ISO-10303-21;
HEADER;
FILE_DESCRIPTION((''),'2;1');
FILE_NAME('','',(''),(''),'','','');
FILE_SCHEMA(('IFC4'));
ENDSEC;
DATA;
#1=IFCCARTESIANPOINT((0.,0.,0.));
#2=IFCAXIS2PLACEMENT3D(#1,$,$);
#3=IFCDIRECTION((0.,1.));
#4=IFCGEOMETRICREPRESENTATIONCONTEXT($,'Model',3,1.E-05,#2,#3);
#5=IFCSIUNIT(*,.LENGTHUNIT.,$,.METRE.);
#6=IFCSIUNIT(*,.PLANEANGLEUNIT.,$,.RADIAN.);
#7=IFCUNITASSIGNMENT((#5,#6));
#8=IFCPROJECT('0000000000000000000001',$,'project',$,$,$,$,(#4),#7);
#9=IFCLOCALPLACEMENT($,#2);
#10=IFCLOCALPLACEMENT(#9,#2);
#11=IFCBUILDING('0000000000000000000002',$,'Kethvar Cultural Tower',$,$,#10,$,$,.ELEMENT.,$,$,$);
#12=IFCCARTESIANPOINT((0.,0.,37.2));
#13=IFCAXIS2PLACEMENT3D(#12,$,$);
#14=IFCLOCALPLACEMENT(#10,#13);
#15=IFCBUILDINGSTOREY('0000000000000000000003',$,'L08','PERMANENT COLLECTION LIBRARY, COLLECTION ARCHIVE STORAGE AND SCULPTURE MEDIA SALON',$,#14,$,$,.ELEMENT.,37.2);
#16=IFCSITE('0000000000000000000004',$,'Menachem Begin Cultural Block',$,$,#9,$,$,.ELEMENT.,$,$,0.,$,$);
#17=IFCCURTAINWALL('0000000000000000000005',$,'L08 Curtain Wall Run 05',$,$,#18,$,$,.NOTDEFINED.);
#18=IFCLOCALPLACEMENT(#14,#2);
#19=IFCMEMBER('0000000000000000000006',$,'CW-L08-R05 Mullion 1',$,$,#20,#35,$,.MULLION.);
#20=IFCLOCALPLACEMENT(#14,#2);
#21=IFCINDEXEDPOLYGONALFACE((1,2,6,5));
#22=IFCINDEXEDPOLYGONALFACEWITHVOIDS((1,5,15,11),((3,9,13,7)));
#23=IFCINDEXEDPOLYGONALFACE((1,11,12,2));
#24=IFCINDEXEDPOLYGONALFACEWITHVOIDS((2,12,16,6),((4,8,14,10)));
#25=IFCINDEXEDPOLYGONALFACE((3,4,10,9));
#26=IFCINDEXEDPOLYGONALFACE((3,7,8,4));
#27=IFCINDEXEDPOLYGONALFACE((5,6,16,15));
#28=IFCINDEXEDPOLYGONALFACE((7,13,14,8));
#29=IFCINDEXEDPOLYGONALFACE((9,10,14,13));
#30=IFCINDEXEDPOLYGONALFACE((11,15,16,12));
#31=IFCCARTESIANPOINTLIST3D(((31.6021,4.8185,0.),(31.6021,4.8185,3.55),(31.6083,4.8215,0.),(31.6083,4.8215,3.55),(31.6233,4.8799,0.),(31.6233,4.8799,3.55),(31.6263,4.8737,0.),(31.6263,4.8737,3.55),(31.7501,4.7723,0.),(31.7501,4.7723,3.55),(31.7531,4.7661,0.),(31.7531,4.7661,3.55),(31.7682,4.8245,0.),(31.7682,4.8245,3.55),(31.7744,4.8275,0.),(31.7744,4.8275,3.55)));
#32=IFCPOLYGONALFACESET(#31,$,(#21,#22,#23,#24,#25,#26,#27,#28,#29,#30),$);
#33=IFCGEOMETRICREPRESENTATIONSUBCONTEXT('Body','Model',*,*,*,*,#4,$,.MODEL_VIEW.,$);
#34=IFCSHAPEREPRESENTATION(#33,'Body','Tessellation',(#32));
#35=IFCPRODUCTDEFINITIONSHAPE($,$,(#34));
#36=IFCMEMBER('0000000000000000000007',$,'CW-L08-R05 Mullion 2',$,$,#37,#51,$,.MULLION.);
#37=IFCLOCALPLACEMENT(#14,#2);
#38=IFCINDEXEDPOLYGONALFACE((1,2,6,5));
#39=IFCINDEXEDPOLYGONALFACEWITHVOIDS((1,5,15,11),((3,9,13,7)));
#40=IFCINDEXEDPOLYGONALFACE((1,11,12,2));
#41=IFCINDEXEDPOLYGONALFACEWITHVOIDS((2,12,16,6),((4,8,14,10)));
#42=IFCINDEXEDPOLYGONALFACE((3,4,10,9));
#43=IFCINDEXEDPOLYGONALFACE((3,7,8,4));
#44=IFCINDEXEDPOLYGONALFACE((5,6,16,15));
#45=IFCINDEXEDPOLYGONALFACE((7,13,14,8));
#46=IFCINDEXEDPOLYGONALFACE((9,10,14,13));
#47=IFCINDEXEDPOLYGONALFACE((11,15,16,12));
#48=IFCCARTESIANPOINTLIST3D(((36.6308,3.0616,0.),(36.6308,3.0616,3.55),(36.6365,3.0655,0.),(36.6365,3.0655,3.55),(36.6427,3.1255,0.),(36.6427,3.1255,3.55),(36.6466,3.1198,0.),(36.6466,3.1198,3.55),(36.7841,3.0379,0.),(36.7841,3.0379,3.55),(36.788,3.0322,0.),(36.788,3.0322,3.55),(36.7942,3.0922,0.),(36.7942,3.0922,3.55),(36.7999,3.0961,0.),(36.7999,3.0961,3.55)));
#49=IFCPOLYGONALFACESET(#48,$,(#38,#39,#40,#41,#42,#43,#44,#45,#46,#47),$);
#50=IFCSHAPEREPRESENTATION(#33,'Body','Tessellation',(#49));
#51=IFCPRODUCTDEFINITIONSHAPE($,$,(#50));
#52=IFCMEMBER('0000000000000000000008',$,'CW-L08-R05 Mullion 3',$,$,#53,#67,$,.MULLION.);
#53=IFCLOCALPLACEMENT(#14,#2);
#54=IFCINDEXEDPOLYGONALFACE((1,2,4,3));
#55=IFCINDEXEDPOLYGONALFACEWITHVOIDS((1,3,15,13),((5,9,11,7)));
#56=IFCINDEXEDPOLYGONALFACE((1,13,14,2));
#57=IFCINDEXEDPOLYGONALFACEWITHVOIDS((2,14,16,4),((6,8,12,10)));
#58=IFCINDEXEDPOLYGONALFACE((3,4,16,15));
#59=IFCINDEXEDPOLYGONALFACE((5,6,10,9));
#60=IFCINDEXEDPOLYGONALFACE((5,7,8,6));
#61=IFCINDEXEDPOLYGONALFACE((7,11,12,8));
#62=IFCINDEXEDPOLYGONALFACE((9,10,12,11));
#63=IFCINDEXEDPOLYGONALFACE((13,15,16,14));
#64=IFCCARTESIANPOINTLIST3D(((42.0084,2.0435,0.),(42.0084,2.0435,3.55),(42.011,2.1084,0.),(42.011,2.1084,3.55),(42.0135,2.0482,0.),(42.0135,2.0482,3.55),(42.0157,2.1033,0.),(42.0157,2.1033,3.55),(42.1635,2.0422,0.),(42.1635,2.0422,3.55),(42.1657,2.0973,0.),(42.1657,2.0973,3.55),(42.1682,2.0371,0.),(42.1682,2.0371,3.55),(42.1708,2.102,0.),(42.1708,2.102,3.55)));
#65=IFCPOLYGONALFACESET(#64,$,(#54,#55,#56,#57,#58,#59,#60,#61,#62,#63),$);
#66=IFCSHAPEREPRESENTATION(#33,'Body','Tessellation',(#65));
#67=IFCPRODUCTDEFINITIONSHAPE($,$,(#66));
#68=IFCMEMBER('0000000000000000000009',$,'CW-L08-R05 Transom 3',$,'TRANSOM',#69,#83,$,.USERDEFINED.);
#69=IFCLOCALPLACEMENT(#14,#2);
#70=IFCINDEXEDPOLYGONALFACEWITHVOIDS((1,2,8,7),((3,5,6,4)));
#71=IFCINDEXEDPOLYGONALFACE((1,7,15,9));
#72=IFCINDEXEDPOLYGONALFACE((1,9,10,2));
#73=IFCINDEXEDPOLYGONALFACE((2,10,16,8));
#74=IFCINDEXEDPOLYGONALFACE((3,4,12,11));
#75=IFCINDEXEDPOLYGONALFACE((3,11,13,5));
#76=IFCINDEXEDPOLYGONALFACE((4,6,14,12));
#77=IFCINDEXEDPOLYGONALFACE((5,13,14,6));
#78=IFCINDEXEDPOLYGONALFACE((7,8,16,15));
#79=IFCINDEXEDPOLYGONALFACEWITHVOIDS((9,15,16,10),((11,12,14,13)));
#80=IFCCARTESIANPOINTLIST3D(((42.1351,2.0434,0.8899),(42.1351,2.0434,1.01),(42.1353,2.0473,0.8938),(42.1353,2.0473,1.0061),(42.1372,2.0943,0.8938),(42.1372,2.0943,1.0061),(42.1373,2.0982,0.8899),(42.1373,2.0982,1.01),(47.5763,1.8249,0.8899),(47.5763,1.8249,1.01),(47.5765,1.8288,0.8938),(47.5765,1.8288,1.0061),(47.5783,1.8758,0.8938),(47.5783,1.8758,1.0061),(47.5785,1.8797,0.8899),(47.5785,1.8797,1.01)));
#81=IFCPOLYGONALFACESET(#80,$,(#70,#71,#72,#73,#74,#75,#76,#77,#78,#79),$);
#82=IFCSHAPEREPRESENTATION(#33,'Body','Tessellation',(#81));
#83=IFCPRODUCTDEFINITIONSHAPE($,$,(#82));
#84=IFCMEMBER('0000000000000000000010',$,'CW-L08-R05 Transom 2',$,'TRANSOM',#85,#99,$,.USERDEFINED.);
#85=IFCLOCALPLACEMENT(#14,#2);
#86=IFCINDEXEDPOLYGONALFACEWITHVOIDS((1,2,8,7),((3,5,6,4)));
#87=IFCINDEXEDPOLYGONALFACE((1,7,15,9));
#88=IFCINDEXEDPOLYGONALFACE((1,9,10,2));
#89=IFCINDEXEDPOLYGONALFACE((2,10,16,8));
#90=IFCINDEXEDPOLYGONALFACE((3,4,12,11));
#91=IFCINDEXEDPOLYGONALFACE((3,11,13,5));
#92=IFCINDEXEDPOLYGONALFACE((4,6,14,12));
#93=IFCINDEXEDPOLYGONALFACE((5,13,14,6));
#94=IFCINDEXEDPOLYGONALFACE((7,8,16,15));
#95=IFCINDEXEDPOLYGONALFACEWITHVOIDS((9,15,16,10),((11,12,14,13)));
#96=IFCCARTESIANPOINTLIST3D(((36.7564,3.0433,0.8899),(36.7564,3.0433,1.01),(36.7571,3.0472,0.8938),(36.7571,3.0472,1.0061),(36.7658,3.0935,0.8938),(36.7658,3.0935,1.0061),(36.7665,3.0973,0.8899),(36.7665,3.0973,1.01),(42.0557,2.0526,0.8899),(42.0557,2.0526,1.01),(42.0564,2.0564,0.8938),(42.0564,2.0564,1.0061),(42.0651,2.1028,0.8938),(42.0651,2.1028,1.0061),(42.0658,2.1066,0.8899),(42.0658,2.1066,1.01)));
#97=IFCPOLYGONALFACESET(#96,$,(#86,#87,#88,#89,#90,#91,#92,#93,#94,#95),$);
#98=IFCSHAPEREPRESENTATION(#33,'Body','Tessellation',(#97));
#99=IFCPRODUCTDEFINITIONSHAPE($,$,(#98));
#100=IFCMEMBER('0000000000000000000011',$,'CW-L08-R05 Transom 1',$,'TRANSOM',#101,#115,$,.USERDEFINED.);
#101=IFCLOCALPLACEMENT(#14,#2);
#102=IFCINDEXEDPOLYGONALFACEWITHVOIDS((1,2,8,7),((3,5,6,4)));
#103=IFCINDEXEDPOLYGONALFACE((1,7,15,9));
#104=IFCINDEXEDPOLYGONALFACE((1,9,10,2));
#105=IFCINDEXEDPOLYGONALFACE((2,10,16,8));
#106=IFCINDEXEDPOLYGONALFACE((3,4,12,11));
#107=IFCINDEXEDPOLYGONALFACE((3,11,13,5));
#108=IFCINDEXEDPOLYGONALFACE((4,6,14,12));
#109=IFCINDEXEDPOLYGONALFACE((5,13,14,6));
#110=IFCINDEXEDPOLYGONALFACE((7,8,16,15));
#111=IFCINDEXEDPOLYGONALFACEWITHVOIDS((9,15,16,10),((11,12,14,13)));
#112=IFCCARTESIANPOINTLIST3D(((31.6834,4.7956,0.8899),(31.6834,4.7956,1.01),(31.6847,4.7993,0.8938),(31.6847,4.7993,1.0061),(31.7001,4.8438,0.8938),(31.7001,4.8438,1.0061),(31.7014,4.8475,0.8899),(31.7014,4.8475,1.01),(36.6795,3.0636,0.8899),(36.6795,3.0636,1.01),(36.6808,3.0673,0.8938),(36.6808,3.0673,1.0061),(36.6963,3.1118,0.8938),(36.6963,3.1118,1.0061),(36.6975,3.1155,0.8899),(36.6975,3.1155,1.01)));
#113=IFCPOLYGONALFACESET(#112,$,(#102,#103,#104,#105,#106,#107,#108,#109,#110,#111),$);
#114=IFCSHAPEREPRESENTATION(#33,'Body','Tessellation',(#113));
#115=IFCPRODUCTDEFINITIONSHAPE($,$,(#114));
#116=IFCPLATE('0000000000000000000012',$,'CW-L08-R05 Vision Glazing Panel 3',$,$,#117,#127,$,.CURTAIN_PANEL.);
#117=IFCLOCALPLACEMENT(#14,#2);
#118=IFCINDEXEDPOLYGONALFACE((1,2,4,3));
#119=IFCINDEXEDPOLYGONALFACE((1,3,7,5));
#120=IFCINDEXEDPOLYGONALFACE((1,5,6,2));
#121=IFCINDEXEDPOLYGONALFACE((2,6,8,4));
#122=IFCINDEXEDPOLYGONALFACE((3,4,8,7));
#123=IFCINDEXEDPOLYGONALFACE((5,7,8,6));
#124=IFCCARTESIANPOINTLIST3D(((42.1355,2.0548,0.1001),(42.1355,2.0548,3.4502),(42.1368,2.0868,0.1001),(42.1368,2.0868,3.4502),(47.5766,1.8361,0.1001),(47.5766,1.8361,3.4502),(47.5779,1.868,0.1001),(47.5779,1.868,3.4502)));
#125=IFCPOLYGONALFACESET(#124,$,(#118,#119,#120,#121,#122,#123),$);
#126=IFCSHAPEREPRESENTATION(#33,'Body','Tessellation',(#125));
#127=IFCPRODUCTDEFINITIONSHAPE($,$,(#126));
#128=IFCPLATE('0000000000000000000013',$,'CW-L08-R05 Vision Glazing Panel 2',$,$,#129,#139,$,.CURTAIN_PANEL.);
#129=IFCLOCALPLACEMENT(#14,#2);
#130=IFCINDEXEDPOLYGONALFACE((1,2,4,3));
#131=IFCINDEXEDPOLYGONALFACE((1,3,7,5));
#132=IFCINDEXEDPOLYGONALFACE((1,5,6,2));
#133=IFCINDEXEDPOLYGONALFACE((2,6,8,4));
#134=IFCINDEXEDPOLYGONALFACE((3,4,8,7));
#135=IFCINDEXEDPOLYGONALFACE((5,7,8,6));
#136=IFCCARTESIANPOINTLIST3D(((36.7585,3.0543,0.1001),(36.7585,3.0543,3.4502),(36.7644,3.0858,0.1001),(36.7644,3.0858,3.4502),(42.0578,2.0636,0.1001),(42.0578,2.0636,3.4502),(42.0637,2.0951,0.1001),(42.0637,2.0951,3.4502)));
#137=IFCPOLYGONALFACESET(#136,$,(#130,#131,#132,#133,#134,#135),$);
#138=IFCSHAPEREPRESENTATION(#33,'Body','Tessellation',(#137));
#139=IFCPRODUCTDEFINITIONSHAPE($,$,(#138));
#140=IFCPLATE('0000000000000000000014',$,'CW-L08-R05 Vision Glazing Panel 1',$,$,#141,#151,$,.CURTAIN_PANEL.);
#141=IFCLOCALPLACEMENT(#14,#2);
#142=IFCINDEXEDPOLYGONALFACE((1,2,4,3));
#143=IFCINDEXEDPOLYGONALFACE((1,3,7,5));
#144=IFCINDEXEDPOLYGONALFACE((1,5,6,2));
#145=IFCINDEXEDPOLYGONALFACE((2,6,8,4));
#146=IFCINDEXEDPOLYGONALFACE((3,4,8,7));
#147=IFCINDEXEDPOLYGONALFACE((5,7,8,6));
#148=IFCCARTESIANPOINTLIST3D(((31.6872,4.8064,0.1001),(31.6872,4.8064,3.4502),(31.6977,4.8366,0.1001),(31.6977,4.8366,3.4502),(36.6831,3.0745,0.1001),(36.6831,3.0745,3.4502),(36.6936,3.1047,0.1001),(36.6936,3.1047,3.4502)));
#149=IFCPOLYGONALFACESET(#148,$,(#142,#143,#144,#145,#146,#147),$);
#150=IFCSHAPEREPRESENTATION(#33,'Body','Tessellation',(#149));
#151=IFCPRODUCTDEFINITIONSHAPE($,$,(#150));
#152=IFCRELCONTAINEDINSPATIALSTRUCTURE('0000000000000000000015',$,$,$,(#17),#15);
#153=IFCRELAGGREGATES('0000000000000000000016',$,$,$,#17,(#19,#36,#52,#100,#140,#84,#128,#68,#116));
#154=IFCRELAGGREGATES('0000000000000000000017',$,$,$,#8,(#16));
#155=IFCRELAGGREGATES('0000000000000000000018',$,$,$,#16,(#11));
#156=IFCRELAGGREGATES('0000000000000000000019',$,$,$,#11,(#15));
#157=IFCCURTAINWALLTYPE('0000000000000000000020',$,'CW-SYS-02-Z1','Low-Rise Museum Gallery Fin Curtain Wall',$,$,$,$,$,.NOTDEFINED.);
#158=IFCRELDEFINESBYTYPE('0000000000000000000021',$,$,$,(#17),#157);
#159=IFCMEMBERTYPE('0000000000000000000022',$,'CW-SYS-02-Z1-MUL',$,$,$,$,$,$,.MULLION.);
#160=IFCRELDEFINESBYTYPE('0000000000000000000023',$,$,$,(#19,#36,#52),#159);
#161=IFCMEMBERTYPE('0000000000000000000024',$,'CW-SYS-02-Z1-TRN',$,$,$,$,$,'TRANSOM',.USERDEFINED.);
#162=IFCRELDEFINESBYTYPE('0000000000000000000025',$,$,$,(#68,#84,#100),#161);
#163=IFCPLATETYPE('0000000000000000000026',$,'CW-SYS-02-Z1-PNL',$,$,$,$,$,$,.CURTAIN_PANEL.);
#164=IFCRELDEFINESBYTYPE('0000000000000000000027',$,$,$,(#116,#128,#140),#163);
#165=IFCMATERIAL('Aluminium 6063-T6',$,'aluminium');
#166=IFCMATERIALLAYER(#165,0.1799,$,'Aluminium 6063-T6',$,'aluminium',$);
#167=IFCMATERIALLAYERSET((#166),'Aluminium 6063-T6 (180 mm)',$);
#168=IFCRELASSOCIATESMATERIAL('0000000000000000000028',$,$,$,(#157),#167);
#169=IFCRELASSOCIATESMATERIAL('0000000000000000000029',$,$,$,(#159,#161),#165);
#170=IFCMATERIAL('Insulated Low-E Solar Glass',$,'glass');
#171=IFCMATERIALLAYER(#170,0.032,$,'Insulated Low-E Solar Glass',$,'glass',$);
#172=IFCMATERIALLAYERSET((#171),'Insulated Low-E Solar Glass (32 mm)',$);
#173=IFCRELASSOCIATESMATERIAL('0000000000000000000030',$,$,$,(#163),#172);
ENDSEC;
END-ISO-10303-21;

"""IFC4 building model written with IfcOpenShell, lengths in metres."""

from ifc_helpers import new_model, si_unit, direction, frame, origin, origin_2d, place, context, subcontext, project, spatial, rectangle, hollow_rectangle, extrude, source, transform, mapped, material, layer, layer_set, material_profile, profile_set, type_object, element, aggregate, save


model = new_model("IFC4")

# Units and contexts
model_context = context("Model", 3, precision=1e-05, world=origin(), true_north=direction((0.0, 1.0)))
body_context = subcontext(model_context, "Body", "Model", "MODEL_VIEW")
ifc_project = project(units=[si_unit("LENGTHUNIT", "METRE"), si_unit("PLANEANGLEUNIT", "RADIAN")], contexts=[model_context])

# Site, building, storey
site_placement = place(None, origin())
site = spatial("IfcSite", under=ifc_project, at=site_placement, Name="Menachem Begin Cultural Block", CompositionType="ELEMENT", RefElevation=0.0)
building_placement = place(site_placement, origin())
building = spatial("IfcBuilding", under=site, at=building_placement, Name="Kethvar Cultural Tower", CompositionType="ELEMENT")
storey_placement = place(building_placement, frame((0.0, 0.0, 37.2)))
storey = spatial("IfcBuildingStorey", under=building, at=storey_placement, Name="L08", Description="PERMANENT COLLECTION LIBRARY, COLLECTION ARCHIVE STORAGE AND SCULPTURE MEDIA SALON", CompositionType="ELEMENT", Elevation=37.2)

# Curtain wall, members, plates
ifc_material_1 = material(Name="Aluminium 6063-T6", Category="aluminium")
ifc_layer_1 = layer(ifc_material_1, 0.1799, Name="Aluminium 6063-T6", Category="aluminium")
ifc_layer_set_1 = layer_set([ifc_layer_1], Name="Aluminium 6063-T6 (180 mm)")
curtain_wall_type = type_object("IfcCurtainWallType", Name="CW-SYS-02-Z1", Description="Low-Rise Museum Gallery Fin Curtain Wall", PredefinedType="NOTDEFINED", material=ifc_layer_set_1)
curtain_wall_placement = place(storey_placement, origin())
curtain_wall = element("IfcCurtainWall", 1, at=curtain_wall_placement, inside=storey, type_object=curtain_wall_type, Name="L08 Curtain Wall Run 05", PredefinedType="NOTDEFINED")
ifc_material_profile_1 = material_profile(ifc_material_1, hollow_rectangle(XDim=0.0649, YDim=0.1599, WallThickness=0.0049, at=origin_2d()), Name="Aluminium 6063-T6 — RHS160x65x5")
ifc_profile_set_1 = profile_set([ifc_material_profile_1], Name="Aluminium 6063-T6 — RHS160x65x5")
member_type_1 = type_object("IfcMemberType", Name="CW-SYS-02-Z1-MUL", PredefinedType="MULLION", material=ifc_profile_set_1)
shared_shape_1 = source(origin(), body_context, "Body", "SweptSolid", [
    extrude(hollow_rectangle(XDim=0.0649, YDim=0.1599, WallThickness=0.0049, at=origin_2d()), origin(), (0.0, 0.0, 1.0), 3.55),
])
member_1_placement = place(storey_placement, frame((31.6882, 4.823, 0.0), z_axis=(0.0, 0.0, 1.0), x_axis=(0.327548, 0.944835, 0.0)))
member_1 = element("IfcMember", 2, at=member_1_placement, type_object=member_type_1, Name="CW-L08-R05 Mullion 1", PredefinedType="MULLION", context=body_context, shape_type="MappedRepresentation", body=[
    mapped(shared_shape_1, transform((0.0, 0.0, 0.0), scale=1.0)),
])
member_2_placement = place(storey_placement, frame((36.7153, 3.0789, 0.0), z_axis=(0.0, 0.0, 1.0), x_axis=(0.183763, 0.982971, 0.0)))
member_2 = element("IfcMember", 3, at=member_2_placement, type_object=member_type_1, Name="CW-L08-R05 Mullion 2", PredefinedType="MULLION", context=body_context, shape_type="MappedRepresentation", body=[
    mapped(shared_shape_1, transform((0.0, 0.0, 0.0), scale=1.0)),
])
member_3_placement = place(storey_placement, frame((42.0896, 2.0728, 0.0), z_axis=(0.0, 0.0, 1.0), x_axis=(0.040167, 0.999193, 0.0)))
member_3 = element("IfcMember", 4, at=member_3_placement, type_object=member_type_1, Name="CW-L08-R05 Mullion 3", PredefinedType="MULLION", context=body_context, shape_type="MappedRepresentation", body=[
    mapped(shared_shape_1, transform((0.0, 0.0, 0.0), scale=1.0)),
])
ifc_material_profile_2 = material_profile(ifc_material_1, hollow_rectangle(XDim=0.0549, YDim=0.1201, WallThickness=0.0039, at=origin_2d()), Name="Aluminium 6063-T6 — RHS120x55x4")
ifc_profile_set_2 = profile_set([ifc_material_profile_2], Name="Aluminium 6063-T6 — RHS120x55x4")
member_type_2 = type_object("IfcMemberType", Name="CW-SYS-02-Z1-TRN", ElementType="TRANSOM", PredefinedType="USERDEFINED", material=ifc_profile_set_2)
shared_shape_2 = source(origin(), body_context, "Body", "SweptSolid", [
    extrude(hollow_rectangle(XDim=0.0549, YDim=0.1201, WallThickness=0.0039, at=origin_2d()), origin(), (0.0, 0.0, 1.0), 5.4456),
])
member_4_placement = place(storey_placement, frame((42.1362, 2.0708, 0.95), z_axis=(0.999195, -0.040126, 0.0), x_axis=(0.040126, 0.999195, 0.0)))
member_4 = element("IfcMember", 5, at=member_4_placement, type_object=member_type_2, Name="CW-L08-R05 Transom 3", ObjectType="TRANSOM", PredefinedType="USERDEFINED", context=body_context, shape_type="MappedRepresentation", body=[
    mapped(shared_shape_2, transform((0.0, 0.0, 0.0), scale=1.0)),
])
shared_shape_3 = source(origin(), body_context, "Body", "SweptSolid", [
    extrude(hollow_rectangle(XDim=0.0549, YDim=0.1201, WallThickness=0.0039, at=origin_2d()), origin(), (0.0, 0.0, 1.0), 5.3911),
])
member_5_placement = place(storey_placement, frame((36.7615, 3.0703, 0.95), z_axis=(0.982969, -0.183769, 0.0), x_axis=(0.183769, 0.982969, 0.0)))
member_5 = element("IfcMember", 6, at=member_5_placement, type_object=member_type_2, Name="CW-L08-R05 Transom 2", ObjectType="TRANSOM", PredefinedType="USERDEFINED", context=body_context, shape_type="MappedRepresentation", body=[
    mapped(shared_shape_3, transform((0.0, 0.0, 0.0), scale=1.0)),
])
shared_shape_4 = source(origin(), body_context, "Body", "SweptSolid", [
    extrude(hollow_rectangle(XDim=0.0549, YDim=0.1201, WallThickness=0.0039, at=origin_2d()), origin(), (0.0, 0.0, 1.0), 5.2878),
])
member_6_placement = place(storey_placement, frame((31.6924, 4.8215, 0.95), z_axis=(0.944839, -0.327536, 0.0), x_axis=(0.327536, 0.944839, 0.0)))
member_6 = element("IfcMember", 7, at=member_6_placement, type_object=member_type_2, Name="CW-L08-R05 Transom 1", ObjectType="TRANSOM", PredefinedType="USERDEFINED", context=body_context, shape_type="MappedRepresentation", body=[
    mapped(shared_shape_4, transform((0.0, 0.0, 0.0), scale=1.0)),
])
ifc_material_2 = material(Name="Insulated Low-E Solar Glass", Category="glass")
ifc_layer_2 = layer(ifc_material_2, 0.032, Name="Insulated Low-E Solar Glass", Category="glass")
ifc_layer_set_2 = layer_set([ifc_layer_2], Name="Insulated Low-E Solar Glass (32 mm)")
plate_type = type_object("IfcPlateType", Name="CW-SYS-02-Z1-PNL", PredefinedType="CURTAIN_PANEL", material=ifc_layer_set_2)
shared_shape_5 = source(origin(), body_context, "Body", "SweptSolid", [
    extrude(rectangle(XDim=5.4456, YDim=0.032, at=origin_2d()), origin(), (0.0, 0.0, 1.0), 3.3501),
])
plate_1_placement = place(storey_placement, frame((44.8567, 1.9614, 0.1001), z_axis=(0.0, 0.0, 1.0), x_axis=(0.999193, -0.040167, 0.0)))
plate_1 = element("IfcPlate", 8, at=plate_1_placement, type_object=plate_type, Name="CW-L08-R05 Vision Glazing Panel 3", PredefinedType="CURTAIN_PANEL", context=body_context, shape_type="MappedRepresentation", body=[
    mapped(shared_shape_5, transform((0.0, 0.0, 0.0), scale=1.0)),
])
shared_shape_6 = source(origin(), body_context, "Body", "SweptSolid", [
    extrude(rectangle(XDim=5.3911, YDim=0.032, at=origin_2d()), origin(), (0.0, 0.0, 1.0), 3.3501),
])
plate_2_placement = place(storey_placement, frame((39.4111, 2.5747, 0.1001), z_axis=(0.0, 0.0, 1.0), x_axis=(0.982971, -0.183763, 0.0)))
plate_2 = element("IfcPlate", 9, at=plate_2_placement, type_object=plate_type, Name="CW-L08-R05 Vision Glazing Panel 2", PredefinedType="CURTAIN_PANEL", context=body_context, shape_type="MappedRepresentation", body=[
    mapped(shared_shape_6, transform((0.0, 0.0, 0.0), scale=1.0)),
])
shared_shape_7 = source(origin(), body_context, "Body", "SweptSolid", [
    extrude(rectangle(XDim=5.2876, YDim=0.032, at=origin_2d()), origin(), (0.0, 0.0, 1.0), 3.3501),
])
plate_3_placement = place(storey_placement, frame((34.1904, 3.9556, 0.1001), z_axis=(0.0, 0.0, 1.0), x_axis=(0.944835, -0.327548, 0.0)))
plate_3 = element("IfcPlate", 10, at=plate_3_placement, type_object=plate_type, Name="CW-L08-R05 Vision Glazing Panel 1", PredefinedType="CURTAIN_PANEL", context=body_context, shape_type="MappedRepresentation", body=[
    mapped(shared_shape_7, transform((0.0, 0.0, 0.0), scale=1.0)),
])
aggregate(curtain_wall, [member_1, member_2, member_3, member_6, plate_3, member_5, plate_2, member_4, plate_1])

save(model, "model.ifc")
